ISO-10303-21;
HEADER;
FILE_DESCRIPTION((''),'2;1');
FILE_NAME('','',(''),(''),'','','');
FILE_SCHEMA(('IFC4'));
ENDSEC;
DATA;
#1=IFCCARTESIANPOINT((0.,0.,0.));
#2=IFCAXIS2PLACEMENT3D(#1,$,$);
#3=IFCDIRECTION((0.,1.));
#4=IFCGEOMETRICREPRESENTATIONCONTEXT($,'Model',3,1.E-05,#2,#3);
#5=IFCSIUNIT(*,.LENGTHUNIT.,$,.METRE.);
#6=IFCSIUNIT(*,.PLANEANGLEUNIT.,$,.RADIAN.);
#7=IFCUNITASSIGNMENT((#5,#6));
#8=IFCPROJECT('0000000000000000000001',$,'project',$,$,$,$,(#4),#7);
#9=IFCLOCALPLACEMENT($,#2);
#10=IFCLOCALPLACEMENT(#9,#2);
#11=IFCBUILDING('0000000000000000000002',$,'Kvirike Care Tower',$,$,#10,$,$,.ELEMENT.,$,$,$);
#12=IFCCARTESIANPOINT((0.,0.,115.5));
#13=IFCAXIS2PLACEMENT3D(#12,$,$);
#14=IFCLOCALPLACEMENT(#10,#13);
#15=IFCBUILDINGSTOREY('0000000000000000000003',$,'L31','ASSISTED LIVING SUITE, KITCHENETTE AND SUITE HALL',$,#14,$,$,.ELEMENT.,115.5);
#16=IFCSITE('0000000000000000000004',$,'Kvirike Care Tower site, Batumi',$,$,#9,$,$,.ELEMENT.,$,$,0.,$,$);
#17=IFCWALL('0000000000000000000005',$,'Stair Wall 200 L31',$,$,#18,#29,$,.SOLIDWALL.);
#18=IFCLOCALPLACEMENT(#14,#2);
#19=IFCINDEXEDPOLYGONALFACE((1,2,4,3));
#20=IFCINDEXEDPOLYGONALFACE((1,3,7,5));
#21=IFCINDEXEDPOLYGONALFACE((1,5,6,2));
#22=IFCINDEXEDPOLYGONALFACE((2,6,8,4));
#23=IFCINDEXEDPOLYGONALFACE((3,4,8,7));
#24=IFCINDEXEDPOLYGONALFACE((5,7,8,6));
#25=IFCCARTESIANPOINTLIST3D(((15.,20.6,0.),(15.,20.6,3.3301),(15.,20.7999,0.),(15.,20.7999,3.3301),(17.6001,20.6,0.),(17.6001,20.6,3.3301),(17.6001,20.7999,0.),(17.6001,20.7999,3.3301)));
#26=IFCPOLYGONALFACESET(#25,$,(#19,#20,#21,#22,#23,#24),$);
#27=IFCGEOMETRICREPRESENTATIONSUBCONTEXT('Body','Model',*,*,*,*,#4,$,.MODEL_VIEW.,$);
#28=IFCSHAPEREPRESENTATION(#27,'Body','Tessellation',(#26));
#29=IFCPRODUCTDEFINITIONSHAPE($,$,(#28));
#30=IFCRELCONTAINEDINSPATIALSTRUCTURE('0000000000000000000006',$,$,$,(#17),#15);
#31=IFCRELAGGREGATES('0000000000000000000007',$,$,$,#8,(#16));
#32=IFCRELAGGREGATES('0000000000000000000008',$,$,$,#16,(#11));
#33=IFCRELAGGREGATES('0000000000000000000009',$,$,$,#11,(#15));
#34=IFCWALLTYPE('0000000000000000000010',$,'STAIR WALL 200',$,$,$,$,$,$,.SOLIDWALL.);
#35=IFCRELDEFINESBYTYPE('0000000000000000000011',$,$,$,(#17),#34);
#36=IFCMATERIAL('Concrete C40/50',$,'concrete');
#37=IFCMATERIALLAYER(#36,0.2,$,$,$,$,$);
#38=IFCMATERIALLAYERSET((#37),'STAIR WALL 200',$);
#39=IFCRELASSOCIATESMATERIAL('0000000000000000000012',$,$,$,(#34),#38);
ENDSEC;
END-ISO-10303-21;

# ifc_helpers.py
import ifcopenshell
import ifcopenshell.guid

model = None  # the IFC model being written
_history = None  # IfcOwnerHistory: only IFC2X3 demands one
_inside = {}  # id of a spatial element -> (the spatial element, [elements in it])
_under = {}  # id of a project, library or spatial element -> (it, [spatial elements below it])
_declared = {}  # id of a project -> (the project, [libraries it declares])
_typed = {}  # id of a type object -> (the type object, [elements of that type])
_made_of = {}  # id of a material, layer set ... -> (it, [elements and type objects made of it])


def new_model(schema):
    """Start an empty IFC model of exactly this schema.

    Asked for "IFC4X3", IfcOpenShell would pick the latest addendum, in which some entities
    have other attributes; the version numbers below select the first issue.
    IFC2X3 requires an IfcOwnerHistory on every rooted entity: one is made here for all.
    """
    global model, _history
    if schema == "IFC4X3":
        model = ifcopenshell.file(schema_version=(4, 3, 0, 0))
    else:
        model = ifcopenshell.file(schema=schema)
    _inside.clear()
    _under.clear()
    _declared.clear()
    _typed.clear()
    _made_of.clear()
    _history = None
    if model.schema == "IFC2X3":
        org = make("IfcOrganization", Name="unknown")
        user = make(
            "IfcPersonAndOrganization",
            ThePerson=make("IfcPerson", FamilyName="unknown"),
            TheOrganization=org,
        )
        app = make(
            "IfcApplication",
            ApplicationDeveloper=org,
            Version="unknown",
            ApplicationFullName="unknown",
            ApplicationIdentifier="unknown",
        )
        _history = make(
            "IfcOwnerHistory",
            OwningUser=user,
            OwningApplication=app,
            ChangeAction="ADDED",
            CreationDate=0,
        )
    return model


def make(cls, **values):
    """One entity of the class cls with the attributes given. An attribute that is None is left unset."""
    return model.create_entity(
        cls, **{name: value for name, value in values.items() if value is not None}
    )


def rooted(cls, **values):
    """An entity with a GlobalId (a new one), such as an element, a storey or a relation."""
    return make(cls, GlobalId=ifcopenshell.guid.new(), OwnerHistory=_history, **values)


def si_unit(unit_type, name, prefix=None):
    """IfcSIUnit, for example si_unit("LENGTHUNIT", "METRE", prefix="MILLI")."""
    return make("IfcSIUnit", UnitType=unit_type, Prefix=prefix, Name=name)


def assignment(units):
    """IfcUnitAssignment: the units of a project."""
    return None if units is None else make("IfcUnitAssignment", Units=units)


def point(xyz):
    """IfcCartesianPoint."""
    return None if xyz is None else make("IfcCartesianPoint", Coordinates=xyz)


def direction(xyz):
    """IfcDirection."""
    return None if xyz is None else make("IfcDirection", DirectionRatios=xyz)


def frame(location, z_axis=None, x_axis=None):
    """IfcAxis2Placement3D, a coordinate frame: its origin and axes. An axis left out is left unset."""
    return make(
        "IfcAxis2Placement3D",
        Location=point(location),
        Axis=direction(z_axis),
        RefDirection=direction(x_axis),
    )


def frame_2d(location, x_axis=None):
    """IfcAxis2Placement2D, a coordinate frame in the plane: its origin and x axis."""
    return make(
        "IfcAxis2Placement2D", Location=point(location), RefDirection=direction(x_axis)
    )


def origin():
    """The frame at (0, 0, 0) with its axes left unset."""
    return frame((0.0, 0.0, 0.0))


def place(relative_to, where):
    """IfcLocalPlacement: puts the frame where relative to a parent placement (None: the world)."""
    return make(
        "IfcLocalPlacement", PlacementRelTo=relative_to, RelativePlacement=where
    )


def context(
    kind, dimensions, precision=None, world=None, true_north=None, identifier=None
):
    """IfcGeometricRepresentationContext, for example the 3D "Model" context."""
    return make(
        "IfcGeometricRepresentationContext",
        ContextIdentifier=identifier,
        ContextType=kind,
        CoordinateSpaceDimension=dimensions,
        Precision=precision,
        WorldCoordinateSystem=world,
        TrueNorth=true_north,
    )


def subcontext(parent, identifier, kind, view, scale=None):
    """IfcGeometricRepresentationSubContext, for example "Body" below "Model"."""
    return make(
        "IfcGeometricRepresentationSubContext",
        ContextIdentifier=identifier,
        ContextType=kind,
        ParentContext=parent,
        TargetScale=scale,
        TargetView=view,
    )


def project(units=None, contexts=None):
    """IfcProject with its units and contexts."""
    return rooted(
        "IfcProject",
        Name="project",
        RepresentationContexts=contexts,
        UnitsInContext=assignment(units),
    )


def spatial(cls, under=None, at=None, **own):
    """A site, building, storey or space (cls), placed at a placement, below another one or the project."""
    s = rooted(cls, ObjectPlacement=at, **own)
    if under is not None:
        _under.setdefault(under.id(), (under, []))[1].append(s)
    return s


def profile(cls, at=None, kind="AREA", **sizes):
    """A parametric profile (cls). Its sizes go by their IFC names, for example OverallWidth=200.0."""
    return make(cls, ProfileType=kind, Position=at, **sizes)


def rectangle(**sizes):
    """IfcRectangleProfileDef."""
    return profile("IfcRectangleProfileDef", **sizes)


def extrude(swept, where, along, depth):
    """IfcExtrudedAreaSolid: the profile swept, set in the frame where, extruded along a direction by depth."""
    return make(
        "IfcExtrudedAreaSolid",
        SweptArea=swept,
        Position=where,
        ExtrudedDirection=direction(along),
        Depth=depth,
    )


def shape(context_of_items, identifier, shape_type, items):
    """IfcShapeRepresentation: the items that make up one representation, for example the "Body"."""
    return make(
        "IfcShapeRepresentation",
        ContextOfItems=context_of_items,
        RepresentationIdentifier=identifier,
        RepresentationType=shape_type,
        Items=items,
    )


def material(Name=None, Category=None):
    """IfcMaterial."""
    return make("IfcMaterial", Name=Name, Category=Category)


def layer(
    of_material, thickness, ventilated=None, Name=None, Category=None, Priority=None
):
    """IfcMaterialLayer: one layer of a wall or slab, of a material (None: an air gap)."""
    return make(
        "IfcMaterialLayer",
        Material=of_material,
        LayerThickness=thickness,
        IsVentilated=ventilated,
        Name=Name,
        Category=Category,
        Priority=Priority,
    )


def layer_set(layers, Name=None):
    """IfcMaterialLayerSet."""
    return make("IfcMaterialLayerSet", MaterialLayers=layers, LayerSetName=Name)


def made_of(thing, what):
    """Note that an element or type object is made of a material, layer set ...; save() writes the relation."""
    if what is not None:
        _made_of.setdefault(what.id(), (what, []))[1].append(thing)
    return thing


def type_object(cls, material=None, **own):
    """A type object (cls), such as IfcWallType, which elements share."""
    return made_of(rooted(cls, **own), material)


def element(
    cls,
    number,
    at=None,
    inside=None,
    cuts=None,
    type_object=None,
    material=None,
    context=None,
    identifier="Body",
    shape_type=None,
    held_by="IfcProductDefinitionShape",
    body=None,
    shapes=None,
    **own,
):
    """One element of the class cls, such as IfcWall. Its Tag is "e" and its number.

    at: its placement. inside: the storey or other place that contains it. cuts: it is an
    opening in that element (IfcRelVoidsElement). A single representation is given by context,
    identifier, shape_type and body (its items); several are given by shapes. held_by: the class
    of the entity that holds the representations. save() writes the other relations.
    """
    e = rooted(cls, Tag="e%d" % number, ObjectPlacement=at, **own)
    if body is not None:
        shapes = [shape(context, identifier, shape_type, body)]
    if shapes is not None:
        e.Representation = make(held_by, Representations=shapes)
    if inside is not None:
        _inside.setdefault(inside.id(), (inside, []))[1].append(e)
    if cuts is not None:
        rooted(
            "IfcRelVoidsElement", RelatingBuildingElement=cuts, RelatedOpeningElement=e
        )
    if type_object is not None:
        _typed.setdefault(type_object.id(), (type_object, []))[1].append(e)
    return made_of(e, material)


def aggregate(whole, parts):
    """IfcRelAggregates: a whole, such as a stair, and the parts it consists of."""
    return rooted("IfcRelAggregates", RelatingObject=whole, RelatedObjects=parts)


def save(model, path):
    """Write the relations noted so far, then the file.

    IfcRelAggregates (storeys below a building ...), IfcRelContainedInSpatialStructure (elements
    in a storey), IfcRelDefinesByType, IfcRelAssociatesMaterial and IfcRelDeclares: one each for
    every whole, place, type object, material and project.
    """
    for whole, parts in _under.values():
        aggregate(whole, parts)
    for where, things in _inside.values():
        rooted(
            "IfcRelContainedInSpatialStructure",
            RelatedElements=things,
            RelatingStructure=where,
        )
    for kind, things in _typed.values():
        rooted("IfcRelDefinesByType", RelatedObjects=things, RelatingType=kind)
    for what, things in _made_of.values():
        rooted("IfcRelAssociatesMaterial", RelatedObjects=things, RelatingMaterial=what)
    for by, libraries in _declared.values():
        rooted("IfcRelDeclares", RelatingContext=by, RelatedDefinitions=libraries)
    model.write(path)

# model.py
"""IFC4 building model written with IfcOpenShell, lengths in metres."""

from ifc_helpers import new_model, si_unit, direction, frame, frame_2d, origin, place, context, subcontext, project, spatial, rectangle, extrude, material, layer, layer_set, type_object, element, save


model = new_model("IFC4")

# Units and contexts
model_context = context("Model", 3, precision=1e-05, world=origin(), true_north=direction((0.0, 1.0)))
body_context = subcontext(model_context, "Body", "Model", "MODEL_VIEW")
ifc_project = project(units=[si_unit("LENGTHUNIT", "METRE"), si_unit("PLANEANGLEUNIT", "RADIAN")], contexts=[model_context])

# Site, building, storey
site_placement = place(None, origin())
site = spatial("IfcSite", under=ifc_project, at=site_placement, Name="Kvirike Care Tower site, Batumi", CompositionType="ELEMENT", RefElevation=0.0)
building_placement = place(site_placement, origin())
building = spatial("IfcBuilding", under=site, at=building_placement, Name="Kvirike Care Tower", CompositionType="ELEMENT")
storey_placement = place(building_placement, frame((0.0, 0.0, 115.5)))
storey = spatial("IfcBuildingStorey", under=building, at=storey_placement, Name="L31", Description="ASSISTED LIVING SUITE, KITCHENETTE AND SUITE HALL", CompositionType="ELEMENT", Elevation=115.5)

# Wall
ifc_material_1 = material(Name="Concrete C40/50", Category="concrete")
ifc_layer_1 = layer(ifc_material_1, 0.2)
ifc_layer_set_1 = layer_set([ifc_layer_1], Name="STAIR WALL 200")
wall_type_1 = type_object("IfcWallType", Name="STAIR WALL 200", PredefinedType="SOLIDWALL", material=ifc_layer_set_1)
wall_1_placement = place(storey_placement, frame((15.0, 20.7, 0.0), z_axis=(0.0, 0.0, 1.0), x_axis=(1.0, 0.0, 0.0)))
element("IfcWall", 1, at=wall_1_placement, inside=storey, type_object=wall_type_1, Name="Stair Wall 200 L31", PredefinedType="SOLIDWALL", context=body_context, shape_type="SweptSolid", body=[
    extrude(rectangle(XDim=2.6001, YDim=0.2, at=frame_2d((1.3, 0.0))), origin(), (0.0, 0.0, 1.0), 3.3301),
])

save(model, "model.ifc")
